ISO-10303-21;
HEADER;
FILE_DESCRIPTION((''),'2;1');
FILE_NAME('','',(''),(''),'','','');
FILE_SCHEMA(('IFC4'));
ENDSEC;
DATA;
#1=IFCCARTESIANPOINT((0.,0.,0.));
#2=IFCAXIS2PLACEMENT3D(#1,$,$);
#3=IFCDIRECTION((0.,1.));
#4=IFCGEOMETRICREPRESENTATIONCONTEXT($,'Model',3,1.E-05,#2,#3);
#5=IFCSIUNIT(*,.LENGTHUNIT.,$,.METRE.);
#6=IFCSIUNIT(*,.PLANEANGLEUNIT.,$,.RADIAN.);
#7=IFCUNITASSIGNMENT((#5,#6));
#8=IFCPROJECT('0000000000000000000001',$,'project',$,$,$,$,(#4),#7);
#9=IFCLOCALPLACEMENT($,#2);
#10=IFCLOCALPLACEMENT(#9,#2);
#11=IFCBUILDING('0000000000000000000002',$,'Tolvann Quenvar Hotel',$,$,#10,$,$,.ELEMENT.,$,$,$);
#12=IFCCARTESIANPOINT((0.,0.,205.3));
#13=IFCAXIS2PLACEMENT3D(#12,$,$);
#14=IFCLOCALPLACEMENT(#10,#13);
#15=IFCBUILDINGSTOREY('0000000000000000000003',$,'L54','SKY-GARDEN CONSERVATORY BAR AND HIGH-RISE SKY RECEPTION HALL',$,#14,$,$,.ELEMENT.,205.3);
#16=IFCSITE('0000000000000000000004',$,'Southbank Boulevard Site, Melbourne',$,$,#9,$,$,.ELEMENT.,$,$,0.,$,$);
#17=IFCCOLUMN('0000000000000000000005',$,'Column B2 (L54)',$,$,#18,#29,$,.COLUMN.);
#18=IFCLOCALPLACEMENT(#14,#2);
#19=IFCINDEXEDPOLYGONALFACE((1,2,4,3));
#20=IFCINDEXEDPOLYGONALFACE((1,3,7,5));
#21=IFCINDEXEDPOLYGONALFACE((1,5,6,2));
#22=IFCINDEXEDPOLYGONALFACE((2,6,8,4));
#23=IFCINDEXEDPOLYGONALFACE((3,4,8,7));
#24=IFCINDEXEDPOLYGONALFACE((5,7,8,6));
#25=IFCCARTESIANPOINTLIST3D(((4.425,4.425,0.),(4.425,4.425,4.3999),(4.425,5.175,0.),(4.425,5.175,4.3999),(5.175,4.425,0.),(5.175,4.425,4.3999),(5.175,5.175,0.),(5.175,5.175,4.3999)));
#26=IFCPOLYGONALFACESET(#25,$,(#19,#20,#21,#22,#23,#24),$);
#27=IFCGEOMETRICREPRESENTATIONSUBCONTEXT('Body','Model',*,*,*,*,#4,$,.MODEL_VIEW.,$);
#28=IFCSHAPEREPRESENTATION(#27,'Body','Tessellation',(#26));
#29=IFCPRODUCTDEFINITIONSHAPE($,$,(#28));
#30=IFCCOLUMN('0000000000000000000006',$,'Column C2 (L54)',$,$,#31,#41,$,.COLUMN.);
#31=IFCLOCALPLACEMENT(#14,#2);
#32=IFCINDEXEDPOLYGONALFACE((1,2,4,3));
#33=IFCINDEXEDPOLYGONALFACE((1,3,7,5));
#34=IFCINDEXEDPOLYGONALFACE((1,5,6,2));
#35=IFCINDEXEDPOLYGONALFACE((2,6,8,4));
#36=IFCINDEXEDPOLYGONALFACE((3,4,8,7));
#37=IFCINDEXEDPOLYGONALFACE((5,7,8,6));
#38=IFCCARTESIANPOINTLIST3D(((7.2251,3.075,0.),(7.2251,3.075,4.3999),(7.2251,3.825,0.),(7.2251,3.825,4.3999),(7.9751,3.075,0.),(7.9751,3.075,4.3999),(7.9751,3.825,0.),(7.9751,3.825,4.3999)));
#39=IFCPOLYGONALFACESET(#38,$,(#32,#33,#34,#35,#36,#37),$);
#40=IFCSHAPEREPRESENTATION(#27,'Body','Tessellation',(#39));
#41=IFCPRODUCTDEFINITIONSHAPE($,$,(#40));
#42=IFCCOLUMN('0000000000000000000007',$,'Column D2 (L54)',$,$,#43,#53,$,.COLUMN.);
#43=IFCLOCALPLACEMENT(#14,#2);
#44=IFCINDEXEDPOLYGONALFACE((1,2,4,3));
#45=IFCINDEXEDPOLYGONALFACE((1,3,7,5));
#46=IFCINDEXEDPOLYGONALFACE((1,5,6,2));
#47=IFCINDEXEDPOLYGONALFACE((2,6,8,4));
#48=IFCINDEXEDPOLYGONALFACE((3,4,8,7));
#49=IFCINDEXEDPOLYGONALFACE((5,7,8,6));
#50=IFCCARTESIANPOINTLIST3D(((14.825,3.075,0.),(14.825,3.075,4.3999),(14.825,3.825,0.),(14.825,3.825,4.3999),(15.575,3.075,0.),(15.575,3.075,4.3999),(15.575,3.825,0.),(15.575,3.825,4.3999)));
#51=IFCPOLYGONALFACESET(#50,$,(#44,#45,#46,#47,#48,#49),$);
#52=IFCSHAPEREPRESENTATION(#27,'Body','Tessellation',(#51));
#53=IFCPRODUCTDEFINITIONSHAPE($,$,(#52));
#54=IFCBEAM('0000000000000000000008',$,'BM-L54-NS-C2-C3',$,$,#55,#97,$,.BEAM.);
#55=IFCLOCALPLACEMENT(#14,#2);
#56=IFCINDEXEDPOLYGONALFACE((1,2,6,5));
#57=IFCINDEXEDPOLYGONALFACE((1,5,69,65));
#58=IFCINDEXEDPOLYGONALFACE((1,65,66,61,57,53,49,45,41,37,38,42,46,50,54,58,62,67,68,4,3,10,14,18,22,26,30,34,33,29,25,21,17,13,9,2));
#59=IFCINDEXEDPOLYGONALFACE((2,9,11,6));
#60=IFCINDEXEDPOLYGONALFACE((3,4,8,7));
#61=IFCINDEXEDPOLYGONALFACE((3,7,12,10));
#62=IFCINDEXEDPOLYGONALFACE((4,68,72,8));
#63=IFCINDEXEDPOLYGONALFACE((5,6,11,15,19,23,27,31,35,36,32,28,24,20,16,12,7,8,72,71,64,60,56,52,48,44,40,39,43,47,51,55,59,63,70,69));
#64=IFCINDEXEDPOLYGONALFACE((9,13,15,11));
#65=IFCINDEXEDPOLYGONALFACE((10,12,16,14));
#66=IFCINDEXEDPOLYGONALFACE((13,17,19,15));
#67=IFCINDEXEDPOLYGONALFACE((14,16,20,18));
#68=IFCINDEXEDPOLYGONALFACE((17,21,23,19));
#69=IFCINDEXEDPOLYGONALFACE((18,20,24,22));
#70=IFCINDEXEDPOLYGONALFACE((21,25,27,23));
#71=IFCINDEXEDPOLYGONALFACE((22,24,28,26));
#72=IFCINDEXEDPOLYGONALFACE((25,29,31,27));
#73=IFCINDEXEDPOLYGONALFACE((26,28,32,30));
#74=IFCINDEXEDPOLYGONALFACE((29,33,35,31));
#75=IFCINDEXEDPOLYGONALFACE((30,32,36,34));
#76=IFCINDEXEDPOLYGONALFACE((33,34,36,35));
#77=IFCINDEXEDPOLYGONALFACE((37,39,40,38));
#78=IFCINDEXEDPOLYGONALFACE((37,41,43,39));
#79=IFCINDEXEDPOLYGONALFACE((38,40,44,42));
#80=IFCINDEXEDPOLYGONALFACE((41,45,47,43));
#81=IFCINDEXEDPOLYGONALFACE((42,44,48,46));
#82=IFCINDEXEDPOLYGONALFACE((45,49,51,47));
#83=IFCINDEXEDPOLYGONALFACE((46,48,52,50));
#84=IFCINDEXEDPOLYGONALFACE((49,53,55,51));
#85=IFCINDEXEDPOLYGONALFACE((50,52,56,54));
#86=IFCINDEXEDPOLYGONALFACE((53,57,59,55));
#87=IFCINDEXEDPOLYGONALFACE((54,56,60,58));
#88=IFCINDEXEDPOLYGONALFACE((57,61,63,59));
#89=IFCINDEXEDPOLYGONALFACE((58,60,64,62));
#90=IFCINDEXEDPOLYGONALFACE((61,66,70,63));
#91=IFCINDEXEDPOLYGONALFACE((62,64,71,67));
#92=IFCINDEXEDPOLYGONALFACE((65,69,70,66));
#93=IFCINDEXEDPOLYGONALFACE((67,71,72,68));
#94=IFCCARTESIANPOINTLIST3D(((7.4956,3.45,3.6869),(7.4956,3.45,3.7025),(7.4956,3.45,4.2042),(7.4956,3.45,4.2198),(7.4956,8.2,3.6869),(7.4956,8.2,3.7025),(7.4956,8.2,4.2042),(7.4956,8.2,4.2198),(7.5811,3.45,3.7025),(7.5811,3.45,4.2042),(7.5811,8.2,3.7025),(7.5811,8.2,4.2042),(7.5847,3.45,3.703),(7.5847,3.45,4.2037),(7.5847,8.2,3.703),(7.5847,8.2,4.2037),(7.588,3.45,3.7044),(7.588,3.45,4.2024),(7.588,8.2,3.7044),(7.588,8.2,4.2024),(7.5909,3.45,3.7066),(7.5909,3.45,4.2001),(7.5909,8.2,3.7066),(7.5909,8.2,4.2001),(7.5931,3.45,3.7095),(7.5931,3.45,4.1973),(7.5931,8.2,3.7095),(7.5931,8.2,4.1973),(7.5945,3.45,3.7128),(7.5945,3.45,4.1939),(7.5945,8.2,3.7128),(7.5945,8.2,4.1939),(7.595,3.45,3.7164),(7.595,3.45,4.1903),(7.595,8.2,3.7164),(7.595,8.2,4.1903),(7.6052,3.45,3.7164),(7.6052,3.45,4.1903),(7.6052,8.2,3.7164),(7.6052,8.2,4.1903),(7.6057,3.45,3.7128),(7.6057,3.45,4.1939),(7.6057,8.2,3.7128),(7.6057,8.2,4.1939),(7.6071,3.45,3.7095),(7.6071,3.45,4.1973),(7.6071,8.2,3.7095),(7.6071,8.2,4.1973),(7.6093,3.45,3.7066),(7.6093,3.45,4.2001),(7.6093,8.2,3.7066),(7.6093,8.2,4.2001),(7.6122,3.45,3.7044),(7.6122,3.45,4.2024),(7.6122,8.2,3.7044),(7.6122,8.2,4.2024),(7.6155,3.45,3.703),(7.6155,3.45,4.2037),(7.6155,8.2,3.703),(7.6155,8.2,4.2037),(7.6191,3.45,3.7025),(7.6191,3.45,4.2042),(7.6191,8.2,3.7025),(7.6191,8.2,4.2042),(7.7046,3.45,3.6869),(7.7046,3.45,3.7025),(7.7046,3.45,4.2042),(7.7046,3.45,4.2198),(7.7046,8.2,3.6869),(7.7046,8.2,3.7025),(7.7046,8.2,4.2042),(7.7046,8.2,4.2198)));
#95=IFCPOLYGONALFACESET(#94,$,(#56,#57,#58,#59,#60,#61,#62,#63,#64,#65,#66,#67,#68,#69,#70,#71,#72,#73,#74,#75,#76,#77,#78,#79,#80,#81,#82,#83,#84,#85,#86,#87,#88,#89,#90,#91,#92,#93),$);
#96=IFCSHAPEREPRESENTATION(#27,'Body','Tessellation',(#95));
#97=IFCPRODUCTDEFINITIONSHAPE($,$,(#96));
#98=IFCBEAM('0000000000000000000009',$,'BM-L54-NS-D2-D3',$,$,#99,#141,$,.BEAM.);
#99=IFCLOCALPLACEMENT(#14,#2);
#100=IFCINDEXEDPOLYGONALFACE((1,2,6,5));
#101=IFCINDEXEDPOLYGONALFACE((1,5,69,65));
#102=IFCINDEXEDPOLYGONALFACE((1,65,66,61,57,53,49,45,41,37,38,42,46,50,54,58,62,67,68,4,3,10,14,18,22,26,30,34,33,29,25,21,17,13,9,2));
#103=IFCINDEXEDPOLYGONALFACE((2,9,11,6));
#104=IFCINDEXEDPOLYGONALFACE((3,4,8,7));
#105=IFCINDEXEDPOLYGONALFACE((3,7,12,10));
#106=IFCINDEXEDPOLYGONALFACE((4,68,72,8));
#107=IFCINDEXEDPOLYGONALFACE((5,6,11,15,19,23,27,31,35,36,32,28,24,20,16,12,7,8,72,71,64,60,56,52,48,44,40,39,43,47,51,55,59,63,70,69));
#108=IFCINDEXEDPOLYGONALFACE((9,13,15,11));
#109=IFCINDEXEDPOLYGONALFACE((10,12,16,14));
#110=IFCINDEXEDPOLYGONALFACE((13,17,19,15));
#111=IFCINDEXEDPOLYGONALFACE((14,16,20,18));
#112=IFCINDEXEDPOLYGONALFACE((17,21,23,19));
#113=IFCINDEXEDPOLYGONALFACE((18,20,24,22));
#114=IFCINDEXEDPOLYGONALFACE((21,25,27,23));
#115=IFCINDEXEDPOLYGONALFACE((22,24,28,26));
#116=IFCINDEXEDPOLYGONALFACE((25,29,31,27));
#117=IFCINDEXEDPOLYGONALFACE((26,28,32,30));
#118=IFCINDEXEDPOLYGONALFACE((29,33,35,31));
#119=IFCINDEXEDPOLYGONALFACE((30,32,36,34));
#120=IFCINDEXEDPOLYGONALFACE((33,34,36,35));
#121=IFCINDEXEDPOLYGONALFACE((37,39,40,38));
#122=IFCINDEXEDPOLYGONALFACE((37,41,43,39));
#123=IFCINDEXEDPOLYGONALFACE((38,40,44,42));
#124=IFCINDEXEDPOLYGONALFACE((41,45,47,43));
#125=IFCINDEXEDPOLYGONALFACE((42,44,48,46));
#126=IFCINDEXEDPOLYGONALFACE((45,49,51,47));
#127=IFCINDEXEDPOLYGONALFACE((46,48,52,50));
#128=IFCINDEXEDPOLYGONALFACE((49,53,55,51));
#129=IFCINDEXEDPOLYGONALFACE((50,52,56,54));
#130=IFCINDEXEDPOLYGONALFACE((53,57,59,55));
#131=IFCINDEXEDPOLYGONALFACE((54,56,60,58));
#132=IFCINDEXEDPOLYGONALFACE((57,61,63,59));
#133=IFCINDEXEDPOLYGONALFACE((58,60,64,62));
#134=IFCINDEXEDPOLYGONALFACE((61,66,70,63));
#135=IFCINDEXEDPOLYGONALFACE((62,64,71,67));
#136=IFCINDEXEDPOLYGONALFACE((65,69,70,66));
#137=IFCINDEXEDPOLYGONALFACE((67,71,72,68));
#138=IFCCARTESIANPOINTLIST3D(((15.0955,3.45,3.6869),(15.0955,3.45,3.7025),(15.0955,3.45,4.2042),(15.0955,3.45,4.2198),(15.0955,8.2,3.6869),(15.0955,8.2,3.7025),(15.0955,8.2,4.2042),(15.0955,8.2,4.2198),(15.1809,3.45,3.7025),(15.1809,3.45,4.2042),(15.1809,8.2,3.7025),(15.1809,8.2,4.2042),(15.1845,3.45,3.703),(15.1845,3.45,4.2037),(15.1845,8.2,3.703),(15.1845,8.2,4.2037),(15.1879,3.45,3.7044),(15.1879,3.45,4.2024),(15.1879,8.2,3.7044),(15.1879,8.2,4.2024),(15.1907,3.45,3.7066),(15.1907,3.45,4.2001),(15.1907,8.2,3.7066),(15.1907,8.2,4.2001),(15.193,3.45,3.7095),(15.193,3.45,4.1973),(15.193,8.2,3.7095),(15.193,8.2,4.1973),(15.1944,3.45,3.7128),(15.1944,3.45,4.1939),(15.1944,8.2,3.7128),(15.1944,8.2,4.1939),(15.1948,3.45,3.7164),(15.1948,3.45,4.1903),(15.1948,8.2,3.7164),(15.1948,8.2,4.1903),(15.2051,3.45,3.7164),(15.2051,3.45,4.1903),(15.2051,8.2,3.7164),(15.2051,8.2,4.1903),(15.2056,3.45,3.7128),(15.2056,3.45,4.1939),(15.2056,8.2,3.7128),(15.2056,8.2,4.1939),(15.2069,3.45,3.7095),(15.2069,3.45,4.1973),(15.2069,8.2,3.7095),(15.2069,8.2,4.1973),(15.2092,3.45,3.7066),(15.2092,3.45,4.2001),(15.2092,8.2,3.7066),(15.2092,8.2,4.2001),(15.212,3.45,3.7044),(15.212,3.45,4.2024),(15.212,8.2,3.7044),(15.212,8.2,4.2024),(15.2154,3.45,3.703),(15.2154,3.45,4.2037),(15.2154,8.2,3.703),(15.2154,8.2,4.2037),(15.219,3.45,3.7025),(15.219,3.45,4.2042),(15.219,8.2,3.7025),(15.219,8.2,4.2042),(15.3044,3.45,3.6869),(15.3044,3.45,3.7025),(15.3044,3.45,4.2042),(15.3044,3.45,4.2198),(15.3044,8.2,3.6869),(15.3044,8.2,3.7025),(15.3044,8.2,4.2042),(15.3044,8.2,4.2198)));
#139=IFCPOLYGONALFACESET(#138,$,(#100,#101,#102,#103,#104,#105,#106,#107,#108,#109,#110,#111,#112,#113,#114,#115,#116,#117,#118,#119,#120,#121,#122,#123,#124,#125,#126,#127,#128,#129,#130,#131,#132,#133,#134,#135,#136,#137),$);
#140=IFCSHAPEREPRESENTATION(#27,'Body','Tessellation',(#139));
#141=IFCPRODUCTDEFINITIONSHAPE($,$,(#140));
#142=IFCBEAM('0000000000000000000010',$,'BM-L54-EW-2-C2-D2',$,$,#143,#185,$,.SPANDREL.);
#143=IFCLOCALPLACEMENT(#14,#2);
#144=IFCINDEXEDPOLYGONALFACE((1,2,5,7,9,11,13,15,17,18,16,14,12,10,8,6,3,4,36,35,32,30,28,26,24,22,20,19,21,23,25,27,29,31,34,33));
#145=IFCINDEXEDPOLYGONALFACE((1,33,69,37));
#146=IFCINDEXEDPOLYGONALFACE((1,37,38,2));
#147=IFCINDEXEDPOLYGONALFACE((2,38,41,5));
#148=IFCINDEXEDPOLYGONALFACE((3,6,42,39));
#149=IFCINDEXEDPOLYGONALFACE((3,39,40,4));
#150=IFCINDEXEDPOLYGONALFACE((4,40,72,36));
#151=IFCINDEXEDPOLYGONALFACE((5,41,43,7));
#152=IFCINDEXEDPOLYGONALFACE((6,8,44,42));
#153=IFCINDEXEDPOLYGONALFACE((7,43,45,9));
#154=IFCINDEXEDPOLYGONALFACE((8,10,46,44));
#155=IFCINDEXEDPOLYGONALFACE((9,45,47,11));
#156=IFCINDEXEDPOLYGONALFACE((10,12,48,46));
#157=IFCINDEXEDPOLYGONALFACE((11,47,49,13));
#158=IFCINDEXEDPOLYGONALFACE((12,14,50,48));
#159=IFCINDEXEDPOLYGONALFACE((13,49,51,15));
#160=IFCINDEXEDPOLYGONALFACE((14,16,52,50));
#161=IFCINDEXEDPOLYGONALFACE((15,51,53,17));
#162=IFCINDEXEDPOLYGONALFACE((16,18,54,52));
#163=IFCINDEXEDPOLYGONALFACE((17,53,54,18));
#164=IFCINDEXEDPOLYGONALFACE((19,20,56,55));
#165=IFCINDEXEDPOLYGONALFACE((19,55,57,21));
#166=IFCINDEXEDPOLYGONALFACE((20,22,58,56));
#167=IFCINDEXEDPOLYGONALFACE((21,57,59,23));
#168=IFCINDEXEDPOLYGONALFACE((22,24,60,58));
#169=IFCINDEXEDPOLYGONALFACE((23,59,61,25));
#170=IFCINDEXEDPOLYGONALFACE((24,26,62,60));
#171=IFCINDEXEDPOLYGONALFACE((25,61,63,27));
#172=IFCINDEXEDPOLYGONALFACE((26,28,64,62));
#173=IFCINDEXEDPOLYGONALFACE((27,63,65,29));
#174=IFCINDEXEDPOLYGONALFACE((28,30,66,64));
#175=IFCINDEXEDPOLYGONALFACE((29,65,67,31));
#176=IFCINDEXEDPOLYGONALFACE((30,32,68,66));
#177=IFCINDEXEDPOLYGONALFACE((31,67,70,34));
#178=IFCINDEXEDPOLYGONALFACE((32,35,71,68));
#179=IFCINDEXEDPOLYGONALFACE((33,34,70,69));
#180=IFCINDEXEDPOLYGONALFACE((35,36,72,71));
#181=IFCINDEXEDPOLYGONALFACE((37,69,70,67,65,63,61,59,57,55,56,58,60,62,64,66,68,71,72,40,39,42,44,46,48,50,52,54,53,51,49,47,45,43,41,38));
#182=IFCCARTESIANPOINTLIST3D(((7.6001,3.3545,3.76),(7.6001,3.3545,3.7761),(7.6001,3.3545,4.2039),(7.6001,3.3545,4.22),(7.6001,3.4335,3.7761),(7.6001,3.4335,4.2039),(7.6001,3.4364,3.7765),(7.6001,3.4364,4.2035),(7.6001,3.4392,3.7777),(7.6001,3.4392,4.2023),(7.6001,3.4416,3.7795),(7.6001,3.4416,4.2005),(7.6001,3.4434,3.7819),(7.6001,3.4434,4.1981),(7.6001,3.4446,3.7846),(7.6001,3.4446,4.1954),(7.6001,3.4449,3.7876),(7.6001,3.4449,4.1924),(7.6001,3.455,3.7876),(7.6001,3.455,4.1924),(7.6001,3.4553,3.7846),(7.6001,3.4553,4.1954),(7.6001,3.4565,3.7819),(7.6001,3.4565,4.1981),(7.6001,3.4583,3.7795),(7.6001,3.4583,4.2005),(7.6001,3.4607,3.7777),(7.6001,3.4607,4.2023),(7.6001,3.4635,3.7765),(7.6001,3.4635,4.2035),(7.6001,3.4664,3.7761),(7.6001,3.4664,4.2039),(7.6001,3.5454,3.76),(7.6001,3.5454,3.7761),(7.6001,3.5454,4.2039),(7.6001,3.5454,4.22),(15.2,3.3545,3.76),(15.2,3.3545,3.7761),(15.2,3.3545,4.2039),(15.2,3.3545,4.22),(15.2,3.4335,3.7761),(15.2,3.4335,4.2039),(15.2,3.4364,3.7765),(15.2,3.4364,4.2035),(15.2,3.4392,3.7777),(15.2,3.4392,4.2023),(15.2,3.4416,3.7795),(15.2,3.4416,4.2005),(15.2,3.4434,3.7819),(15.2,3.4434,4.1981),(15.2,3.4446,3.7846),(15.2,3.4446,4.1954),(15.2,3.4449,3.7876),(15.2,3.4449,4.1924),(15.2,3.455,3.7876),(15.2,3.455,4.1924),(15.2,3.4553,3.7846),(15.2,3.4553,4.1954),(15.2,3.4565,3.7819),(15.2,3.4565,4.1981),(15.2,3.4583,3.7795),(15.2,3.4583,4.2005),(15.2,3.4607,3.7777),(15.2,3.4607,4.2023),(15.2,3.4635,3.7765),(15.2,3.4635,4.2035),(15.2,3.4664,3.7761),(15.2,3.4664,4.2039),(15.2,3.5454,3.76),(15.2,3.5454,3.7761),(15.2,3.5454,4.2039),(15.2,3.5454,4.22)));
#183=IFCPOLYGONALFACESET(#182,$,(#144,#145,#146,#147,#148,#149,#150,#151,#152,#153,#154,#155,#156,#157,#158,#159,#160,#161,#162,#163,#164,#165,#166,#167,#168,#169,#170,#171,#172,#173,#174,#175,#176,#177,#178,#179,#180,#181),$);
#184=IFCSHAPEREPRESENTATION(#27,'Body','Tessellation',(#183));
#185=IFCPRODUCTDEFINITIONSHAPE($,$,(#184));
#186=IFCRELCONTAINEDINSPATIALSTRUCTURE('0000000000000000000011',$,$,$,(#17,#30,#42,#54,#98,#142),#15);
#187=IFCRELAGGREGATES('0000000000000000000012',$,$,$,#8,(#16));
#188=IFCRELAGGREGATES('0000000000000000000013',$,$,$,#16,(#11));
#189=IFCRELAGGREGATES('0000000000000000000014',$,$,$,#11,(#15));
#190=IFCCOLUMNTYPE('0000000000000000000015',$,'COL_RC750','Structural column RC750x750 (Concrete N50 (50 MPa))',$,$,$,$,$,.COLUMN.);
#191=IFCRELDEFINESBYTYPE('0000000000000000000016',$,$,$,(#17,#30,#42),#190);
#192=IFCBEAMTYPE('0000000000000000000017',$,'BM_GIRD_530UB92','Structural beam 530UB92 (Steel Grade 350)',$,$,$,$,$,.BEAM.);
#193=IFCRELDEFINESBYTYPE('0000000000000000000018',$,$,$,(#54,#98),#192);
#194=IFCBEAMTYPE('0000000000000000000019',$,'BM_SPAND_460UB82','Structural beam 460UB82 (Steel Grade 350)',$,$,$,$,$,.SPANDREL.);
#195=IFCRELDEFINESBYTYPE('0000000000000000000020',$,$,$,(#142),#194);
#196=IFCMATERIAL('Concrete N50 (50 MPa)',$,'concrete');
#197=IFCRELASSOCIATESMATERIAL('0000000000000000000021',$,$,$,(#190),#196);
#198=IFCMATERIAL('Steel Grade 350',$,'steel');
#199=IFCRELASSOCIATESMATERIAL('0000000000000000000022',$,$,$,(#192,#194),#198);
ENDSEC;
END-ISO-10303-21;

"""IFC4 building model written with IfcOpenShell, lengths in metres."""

from ifc_helpers import new_model, si_unit, direction, frame, origin, origin_2d, place, context, subcontext, project, spatial, rectangle, i_section, extrude, source, transform, mapped, material, material_profile, profile_set, type_object, type_shapes, element, save


model = new_model("IFC4")

# Units and contexts
model_context = context("Model", 3, precision=1e-05, world=origin(), true_north=direction((0.0, 1.0)))
body_context = subcontext(model_context, "Body", "Model", "MODEL_VIEW")
ifc_project = project(units=[si_unit("LENGTHUNIT", "METRE"), si_unit("PLANEANGLEUNIT", "RADIAN")], contexts=[model_context])

# Site, building, storey
site_placement = place(None, origin())
site = spatial("IfcSite", under=ifc_project, at=site_placement, Name="Southbank Boulevard Site, Melbourne", CompositionType="ELEMENT", RefElevation=0.0)
building_placement = place(site_placement, origin())
building = spatial("IfcBuilding", under=site, at=building_placement, Name="Tolvann Quenvar Hotel", CompositionType="ELEMENT")
storey_placement = place(building_placement, frame((0.0, 0.0, 205.3)))
storey = spatial("IfcBuildingStorey", under=building, at=storey_placement, Name="L54", Description="SKY-GARDEN CONSERVATORY BAR AND HIGH-RISE SKY RECEPTION HALL", CompositionType="ELEMENT", Elevation=205.3)

# Columns
ifc_material_1 = material(Name="Concrete N50 (50 MPa)", Category="concrete")
ifc_material_profile_1 = material_profile(ifc_material_1, rectangle(XDim=0.75, YDim=0.75, at=origin_2d()), Name="RC750x750")
ifc_profile_set_1 = profile_set([ifc_material_profile_1], Name="Concrete N50 (50 MPa)")
column_type = type_object("IfcColumnType", Name="COL_RC750", Description="Structural column RC750x750 (Concrete N50 (50 MPa))", PredefinedType="COLUMN", material=ifc_profile_set_1)
shared_shape_1 = source(origin(), body_context, "Body", "SweptSolid", [
    extrude(rectangle(XDim=0.75, YDim=0.75, at=origin_2d()), origin(), (0.0, 0.0, 1.0), 4.3999),
])
type_shapes(column_type, [shared_shape_1])
for number, where, z_axis, x_axis, name in (
    (1, (4.8, 4.8, 0.0), (0.0, 0.0, 1.0), (1.0, 0.0, 0.0), "Column B2 (L54)"),
    (2, (7.6001, 3.45, 0.0), (0.0, 0.0, 1.0), (1.0, 0.0, 0.0), "Column C2 (L54)"),
    (3, (15.2, 3.45, 0.0), (0.0, 0.0, 1.0), (1.0, 0.0, 0.0), "Column D2 (L54)"),
):
    element("IfcColumn", number, at=place(storey_placement, frame(where, z_axis=z_axis, x_axis=x_axis)), inside=storey, type_object=column_type, Name=name, PredefinedType="COLUMN", context=body_context, shape_type="MappedRepresentation", body=[
        mapped(shared_shape_1, transform((0.0, 0.0, 0.0), x_axis=(1.0, 0.0, 0.0), y_axis=(0.0, 1.0, 0.0), z_axis=(0.0, 0.0, 1.0), scale=1.0)),
    ])

# Beams
ifc_material_2 = material(Name="Steel Grade 350", Category="steel")
ifc_material_profile_2 = material_profile(ifc_material_2, i_section(OverallWidth=0.209, OverallDepth=0.533, WebThickness=0.0103, FlangeThickness=0.0156, FilletRadius=0.0139, at=origin_2d()), Name="530UB92")
ifc_profile_set_2 = profile_set([ifc_material_profile_2], Name="Steel Grade 350")
beam_type_1 = type_object("IfcBeamType", Name="BM_GIRD_530UB92", Description="Structural beam 530UB92 (Steel Grade 350)", PredefinedType="BEAM", material=ifc_profile_set_2)
shared_shape_2 = source(origin(), body_context, "Body", "SweptSolid", [
    extrude(i_section(OverallWidth=0.209, OverallDepth=0.533, WebThickness=0.0103, FlangeThickness=0.0156, FilletRadius=0.0139, at=origin_2d()), origin(), (0.0, 0.0, 1.0), 4.75),
])
type_shapes(beam_type_1, [shared_shape_2])
for number, where, z_axis, x_axis, name in (
    (4, (7.6001, 3.45, 3.9534), (0.0, 1.0, 0.0), (-1.0, 0.0, 0.0), "BM-L54-NS-C2-C3"),
    (5, (15.2, 3.45, 3.9534), (0.0, 1.0, 0.0), (-1.0, 0.0, 0.0), "BM-L54-NS-D2-D3"),
):
    element("IfcBeam", number, at=place(storey_placement, frame(where, z_axis=z_axis, x_axis=x_axis)), inside=storey, type_object=beam_type_1, Name=name, PredefinedType="BEAM", context=body_context, shape_type="MappedRepresentation", body=[
        mapped(shared_shape_2, transform((0.0, 0.0, 0.0), x_axis=(1.0, 0.0, 0.0), y_axis=(0.0, 1.0, 0.0), z_axis=(0.0, 0.0, 1.0), scale=1.0)),
    ])
ifc_material_profile_3 = material_profile(ifc_material_2, i_section(OverallWidth=0.1909, OverallDepth=0.46, WebThickness=0.01, FlangeThickness=0.0161, FilletRadius=0.0115, at=origin_2d()), Name="460UB82")
ifc_profile_set_3 = profile_set([ifc_material_profile_3], Name="Steel Grade 350")
beam_type_2 = type_object("IfcBeamType", Name="BM_SPAND_460UB82", Description="Structural beam 460UB82 (Steel Grade 350)", PredefinedType="SPANDREL", material=ifc_profile_set_3)
shared_shape_3 = source(origin(), body_context, "Body", "SweptSolid", [
    extrude(i_section(OverallWidth=0.1909, OverallDepth=0.46, WebThickness=0.01, FlangeThickness=0.0161, FilletRadius=0.0115, at=origin_2d()), origin(), (0.0, 0.0, 1.0), 7.5999),
])
beam_1_placement = place(storey_placement, frame((7.6001, 3.45, 3.99), z_axis=(1.0, 0.0, 0.0), x_axis=(0.0, 1.0, 0.0)))
element("IfcBeam", 6, at=beam_1_placement, inside=storey, type_object=beam_type_2, Name="BM-L54-EW-2-C2-D2", PredefinedType="SPANDREL", context=body_context, shape_type="MappedRepresentation", body=[
    mapped(shared_shape_3, transform((0.0, 0.0, 0.0), x_axis=(1.0, 0.0, 0.0), y_axis=(0.0, 1.0, 0.0), z_axis=(0.0, 0.0, 1.0), scale=1.0)),
])

save(model, "model.ifc")
